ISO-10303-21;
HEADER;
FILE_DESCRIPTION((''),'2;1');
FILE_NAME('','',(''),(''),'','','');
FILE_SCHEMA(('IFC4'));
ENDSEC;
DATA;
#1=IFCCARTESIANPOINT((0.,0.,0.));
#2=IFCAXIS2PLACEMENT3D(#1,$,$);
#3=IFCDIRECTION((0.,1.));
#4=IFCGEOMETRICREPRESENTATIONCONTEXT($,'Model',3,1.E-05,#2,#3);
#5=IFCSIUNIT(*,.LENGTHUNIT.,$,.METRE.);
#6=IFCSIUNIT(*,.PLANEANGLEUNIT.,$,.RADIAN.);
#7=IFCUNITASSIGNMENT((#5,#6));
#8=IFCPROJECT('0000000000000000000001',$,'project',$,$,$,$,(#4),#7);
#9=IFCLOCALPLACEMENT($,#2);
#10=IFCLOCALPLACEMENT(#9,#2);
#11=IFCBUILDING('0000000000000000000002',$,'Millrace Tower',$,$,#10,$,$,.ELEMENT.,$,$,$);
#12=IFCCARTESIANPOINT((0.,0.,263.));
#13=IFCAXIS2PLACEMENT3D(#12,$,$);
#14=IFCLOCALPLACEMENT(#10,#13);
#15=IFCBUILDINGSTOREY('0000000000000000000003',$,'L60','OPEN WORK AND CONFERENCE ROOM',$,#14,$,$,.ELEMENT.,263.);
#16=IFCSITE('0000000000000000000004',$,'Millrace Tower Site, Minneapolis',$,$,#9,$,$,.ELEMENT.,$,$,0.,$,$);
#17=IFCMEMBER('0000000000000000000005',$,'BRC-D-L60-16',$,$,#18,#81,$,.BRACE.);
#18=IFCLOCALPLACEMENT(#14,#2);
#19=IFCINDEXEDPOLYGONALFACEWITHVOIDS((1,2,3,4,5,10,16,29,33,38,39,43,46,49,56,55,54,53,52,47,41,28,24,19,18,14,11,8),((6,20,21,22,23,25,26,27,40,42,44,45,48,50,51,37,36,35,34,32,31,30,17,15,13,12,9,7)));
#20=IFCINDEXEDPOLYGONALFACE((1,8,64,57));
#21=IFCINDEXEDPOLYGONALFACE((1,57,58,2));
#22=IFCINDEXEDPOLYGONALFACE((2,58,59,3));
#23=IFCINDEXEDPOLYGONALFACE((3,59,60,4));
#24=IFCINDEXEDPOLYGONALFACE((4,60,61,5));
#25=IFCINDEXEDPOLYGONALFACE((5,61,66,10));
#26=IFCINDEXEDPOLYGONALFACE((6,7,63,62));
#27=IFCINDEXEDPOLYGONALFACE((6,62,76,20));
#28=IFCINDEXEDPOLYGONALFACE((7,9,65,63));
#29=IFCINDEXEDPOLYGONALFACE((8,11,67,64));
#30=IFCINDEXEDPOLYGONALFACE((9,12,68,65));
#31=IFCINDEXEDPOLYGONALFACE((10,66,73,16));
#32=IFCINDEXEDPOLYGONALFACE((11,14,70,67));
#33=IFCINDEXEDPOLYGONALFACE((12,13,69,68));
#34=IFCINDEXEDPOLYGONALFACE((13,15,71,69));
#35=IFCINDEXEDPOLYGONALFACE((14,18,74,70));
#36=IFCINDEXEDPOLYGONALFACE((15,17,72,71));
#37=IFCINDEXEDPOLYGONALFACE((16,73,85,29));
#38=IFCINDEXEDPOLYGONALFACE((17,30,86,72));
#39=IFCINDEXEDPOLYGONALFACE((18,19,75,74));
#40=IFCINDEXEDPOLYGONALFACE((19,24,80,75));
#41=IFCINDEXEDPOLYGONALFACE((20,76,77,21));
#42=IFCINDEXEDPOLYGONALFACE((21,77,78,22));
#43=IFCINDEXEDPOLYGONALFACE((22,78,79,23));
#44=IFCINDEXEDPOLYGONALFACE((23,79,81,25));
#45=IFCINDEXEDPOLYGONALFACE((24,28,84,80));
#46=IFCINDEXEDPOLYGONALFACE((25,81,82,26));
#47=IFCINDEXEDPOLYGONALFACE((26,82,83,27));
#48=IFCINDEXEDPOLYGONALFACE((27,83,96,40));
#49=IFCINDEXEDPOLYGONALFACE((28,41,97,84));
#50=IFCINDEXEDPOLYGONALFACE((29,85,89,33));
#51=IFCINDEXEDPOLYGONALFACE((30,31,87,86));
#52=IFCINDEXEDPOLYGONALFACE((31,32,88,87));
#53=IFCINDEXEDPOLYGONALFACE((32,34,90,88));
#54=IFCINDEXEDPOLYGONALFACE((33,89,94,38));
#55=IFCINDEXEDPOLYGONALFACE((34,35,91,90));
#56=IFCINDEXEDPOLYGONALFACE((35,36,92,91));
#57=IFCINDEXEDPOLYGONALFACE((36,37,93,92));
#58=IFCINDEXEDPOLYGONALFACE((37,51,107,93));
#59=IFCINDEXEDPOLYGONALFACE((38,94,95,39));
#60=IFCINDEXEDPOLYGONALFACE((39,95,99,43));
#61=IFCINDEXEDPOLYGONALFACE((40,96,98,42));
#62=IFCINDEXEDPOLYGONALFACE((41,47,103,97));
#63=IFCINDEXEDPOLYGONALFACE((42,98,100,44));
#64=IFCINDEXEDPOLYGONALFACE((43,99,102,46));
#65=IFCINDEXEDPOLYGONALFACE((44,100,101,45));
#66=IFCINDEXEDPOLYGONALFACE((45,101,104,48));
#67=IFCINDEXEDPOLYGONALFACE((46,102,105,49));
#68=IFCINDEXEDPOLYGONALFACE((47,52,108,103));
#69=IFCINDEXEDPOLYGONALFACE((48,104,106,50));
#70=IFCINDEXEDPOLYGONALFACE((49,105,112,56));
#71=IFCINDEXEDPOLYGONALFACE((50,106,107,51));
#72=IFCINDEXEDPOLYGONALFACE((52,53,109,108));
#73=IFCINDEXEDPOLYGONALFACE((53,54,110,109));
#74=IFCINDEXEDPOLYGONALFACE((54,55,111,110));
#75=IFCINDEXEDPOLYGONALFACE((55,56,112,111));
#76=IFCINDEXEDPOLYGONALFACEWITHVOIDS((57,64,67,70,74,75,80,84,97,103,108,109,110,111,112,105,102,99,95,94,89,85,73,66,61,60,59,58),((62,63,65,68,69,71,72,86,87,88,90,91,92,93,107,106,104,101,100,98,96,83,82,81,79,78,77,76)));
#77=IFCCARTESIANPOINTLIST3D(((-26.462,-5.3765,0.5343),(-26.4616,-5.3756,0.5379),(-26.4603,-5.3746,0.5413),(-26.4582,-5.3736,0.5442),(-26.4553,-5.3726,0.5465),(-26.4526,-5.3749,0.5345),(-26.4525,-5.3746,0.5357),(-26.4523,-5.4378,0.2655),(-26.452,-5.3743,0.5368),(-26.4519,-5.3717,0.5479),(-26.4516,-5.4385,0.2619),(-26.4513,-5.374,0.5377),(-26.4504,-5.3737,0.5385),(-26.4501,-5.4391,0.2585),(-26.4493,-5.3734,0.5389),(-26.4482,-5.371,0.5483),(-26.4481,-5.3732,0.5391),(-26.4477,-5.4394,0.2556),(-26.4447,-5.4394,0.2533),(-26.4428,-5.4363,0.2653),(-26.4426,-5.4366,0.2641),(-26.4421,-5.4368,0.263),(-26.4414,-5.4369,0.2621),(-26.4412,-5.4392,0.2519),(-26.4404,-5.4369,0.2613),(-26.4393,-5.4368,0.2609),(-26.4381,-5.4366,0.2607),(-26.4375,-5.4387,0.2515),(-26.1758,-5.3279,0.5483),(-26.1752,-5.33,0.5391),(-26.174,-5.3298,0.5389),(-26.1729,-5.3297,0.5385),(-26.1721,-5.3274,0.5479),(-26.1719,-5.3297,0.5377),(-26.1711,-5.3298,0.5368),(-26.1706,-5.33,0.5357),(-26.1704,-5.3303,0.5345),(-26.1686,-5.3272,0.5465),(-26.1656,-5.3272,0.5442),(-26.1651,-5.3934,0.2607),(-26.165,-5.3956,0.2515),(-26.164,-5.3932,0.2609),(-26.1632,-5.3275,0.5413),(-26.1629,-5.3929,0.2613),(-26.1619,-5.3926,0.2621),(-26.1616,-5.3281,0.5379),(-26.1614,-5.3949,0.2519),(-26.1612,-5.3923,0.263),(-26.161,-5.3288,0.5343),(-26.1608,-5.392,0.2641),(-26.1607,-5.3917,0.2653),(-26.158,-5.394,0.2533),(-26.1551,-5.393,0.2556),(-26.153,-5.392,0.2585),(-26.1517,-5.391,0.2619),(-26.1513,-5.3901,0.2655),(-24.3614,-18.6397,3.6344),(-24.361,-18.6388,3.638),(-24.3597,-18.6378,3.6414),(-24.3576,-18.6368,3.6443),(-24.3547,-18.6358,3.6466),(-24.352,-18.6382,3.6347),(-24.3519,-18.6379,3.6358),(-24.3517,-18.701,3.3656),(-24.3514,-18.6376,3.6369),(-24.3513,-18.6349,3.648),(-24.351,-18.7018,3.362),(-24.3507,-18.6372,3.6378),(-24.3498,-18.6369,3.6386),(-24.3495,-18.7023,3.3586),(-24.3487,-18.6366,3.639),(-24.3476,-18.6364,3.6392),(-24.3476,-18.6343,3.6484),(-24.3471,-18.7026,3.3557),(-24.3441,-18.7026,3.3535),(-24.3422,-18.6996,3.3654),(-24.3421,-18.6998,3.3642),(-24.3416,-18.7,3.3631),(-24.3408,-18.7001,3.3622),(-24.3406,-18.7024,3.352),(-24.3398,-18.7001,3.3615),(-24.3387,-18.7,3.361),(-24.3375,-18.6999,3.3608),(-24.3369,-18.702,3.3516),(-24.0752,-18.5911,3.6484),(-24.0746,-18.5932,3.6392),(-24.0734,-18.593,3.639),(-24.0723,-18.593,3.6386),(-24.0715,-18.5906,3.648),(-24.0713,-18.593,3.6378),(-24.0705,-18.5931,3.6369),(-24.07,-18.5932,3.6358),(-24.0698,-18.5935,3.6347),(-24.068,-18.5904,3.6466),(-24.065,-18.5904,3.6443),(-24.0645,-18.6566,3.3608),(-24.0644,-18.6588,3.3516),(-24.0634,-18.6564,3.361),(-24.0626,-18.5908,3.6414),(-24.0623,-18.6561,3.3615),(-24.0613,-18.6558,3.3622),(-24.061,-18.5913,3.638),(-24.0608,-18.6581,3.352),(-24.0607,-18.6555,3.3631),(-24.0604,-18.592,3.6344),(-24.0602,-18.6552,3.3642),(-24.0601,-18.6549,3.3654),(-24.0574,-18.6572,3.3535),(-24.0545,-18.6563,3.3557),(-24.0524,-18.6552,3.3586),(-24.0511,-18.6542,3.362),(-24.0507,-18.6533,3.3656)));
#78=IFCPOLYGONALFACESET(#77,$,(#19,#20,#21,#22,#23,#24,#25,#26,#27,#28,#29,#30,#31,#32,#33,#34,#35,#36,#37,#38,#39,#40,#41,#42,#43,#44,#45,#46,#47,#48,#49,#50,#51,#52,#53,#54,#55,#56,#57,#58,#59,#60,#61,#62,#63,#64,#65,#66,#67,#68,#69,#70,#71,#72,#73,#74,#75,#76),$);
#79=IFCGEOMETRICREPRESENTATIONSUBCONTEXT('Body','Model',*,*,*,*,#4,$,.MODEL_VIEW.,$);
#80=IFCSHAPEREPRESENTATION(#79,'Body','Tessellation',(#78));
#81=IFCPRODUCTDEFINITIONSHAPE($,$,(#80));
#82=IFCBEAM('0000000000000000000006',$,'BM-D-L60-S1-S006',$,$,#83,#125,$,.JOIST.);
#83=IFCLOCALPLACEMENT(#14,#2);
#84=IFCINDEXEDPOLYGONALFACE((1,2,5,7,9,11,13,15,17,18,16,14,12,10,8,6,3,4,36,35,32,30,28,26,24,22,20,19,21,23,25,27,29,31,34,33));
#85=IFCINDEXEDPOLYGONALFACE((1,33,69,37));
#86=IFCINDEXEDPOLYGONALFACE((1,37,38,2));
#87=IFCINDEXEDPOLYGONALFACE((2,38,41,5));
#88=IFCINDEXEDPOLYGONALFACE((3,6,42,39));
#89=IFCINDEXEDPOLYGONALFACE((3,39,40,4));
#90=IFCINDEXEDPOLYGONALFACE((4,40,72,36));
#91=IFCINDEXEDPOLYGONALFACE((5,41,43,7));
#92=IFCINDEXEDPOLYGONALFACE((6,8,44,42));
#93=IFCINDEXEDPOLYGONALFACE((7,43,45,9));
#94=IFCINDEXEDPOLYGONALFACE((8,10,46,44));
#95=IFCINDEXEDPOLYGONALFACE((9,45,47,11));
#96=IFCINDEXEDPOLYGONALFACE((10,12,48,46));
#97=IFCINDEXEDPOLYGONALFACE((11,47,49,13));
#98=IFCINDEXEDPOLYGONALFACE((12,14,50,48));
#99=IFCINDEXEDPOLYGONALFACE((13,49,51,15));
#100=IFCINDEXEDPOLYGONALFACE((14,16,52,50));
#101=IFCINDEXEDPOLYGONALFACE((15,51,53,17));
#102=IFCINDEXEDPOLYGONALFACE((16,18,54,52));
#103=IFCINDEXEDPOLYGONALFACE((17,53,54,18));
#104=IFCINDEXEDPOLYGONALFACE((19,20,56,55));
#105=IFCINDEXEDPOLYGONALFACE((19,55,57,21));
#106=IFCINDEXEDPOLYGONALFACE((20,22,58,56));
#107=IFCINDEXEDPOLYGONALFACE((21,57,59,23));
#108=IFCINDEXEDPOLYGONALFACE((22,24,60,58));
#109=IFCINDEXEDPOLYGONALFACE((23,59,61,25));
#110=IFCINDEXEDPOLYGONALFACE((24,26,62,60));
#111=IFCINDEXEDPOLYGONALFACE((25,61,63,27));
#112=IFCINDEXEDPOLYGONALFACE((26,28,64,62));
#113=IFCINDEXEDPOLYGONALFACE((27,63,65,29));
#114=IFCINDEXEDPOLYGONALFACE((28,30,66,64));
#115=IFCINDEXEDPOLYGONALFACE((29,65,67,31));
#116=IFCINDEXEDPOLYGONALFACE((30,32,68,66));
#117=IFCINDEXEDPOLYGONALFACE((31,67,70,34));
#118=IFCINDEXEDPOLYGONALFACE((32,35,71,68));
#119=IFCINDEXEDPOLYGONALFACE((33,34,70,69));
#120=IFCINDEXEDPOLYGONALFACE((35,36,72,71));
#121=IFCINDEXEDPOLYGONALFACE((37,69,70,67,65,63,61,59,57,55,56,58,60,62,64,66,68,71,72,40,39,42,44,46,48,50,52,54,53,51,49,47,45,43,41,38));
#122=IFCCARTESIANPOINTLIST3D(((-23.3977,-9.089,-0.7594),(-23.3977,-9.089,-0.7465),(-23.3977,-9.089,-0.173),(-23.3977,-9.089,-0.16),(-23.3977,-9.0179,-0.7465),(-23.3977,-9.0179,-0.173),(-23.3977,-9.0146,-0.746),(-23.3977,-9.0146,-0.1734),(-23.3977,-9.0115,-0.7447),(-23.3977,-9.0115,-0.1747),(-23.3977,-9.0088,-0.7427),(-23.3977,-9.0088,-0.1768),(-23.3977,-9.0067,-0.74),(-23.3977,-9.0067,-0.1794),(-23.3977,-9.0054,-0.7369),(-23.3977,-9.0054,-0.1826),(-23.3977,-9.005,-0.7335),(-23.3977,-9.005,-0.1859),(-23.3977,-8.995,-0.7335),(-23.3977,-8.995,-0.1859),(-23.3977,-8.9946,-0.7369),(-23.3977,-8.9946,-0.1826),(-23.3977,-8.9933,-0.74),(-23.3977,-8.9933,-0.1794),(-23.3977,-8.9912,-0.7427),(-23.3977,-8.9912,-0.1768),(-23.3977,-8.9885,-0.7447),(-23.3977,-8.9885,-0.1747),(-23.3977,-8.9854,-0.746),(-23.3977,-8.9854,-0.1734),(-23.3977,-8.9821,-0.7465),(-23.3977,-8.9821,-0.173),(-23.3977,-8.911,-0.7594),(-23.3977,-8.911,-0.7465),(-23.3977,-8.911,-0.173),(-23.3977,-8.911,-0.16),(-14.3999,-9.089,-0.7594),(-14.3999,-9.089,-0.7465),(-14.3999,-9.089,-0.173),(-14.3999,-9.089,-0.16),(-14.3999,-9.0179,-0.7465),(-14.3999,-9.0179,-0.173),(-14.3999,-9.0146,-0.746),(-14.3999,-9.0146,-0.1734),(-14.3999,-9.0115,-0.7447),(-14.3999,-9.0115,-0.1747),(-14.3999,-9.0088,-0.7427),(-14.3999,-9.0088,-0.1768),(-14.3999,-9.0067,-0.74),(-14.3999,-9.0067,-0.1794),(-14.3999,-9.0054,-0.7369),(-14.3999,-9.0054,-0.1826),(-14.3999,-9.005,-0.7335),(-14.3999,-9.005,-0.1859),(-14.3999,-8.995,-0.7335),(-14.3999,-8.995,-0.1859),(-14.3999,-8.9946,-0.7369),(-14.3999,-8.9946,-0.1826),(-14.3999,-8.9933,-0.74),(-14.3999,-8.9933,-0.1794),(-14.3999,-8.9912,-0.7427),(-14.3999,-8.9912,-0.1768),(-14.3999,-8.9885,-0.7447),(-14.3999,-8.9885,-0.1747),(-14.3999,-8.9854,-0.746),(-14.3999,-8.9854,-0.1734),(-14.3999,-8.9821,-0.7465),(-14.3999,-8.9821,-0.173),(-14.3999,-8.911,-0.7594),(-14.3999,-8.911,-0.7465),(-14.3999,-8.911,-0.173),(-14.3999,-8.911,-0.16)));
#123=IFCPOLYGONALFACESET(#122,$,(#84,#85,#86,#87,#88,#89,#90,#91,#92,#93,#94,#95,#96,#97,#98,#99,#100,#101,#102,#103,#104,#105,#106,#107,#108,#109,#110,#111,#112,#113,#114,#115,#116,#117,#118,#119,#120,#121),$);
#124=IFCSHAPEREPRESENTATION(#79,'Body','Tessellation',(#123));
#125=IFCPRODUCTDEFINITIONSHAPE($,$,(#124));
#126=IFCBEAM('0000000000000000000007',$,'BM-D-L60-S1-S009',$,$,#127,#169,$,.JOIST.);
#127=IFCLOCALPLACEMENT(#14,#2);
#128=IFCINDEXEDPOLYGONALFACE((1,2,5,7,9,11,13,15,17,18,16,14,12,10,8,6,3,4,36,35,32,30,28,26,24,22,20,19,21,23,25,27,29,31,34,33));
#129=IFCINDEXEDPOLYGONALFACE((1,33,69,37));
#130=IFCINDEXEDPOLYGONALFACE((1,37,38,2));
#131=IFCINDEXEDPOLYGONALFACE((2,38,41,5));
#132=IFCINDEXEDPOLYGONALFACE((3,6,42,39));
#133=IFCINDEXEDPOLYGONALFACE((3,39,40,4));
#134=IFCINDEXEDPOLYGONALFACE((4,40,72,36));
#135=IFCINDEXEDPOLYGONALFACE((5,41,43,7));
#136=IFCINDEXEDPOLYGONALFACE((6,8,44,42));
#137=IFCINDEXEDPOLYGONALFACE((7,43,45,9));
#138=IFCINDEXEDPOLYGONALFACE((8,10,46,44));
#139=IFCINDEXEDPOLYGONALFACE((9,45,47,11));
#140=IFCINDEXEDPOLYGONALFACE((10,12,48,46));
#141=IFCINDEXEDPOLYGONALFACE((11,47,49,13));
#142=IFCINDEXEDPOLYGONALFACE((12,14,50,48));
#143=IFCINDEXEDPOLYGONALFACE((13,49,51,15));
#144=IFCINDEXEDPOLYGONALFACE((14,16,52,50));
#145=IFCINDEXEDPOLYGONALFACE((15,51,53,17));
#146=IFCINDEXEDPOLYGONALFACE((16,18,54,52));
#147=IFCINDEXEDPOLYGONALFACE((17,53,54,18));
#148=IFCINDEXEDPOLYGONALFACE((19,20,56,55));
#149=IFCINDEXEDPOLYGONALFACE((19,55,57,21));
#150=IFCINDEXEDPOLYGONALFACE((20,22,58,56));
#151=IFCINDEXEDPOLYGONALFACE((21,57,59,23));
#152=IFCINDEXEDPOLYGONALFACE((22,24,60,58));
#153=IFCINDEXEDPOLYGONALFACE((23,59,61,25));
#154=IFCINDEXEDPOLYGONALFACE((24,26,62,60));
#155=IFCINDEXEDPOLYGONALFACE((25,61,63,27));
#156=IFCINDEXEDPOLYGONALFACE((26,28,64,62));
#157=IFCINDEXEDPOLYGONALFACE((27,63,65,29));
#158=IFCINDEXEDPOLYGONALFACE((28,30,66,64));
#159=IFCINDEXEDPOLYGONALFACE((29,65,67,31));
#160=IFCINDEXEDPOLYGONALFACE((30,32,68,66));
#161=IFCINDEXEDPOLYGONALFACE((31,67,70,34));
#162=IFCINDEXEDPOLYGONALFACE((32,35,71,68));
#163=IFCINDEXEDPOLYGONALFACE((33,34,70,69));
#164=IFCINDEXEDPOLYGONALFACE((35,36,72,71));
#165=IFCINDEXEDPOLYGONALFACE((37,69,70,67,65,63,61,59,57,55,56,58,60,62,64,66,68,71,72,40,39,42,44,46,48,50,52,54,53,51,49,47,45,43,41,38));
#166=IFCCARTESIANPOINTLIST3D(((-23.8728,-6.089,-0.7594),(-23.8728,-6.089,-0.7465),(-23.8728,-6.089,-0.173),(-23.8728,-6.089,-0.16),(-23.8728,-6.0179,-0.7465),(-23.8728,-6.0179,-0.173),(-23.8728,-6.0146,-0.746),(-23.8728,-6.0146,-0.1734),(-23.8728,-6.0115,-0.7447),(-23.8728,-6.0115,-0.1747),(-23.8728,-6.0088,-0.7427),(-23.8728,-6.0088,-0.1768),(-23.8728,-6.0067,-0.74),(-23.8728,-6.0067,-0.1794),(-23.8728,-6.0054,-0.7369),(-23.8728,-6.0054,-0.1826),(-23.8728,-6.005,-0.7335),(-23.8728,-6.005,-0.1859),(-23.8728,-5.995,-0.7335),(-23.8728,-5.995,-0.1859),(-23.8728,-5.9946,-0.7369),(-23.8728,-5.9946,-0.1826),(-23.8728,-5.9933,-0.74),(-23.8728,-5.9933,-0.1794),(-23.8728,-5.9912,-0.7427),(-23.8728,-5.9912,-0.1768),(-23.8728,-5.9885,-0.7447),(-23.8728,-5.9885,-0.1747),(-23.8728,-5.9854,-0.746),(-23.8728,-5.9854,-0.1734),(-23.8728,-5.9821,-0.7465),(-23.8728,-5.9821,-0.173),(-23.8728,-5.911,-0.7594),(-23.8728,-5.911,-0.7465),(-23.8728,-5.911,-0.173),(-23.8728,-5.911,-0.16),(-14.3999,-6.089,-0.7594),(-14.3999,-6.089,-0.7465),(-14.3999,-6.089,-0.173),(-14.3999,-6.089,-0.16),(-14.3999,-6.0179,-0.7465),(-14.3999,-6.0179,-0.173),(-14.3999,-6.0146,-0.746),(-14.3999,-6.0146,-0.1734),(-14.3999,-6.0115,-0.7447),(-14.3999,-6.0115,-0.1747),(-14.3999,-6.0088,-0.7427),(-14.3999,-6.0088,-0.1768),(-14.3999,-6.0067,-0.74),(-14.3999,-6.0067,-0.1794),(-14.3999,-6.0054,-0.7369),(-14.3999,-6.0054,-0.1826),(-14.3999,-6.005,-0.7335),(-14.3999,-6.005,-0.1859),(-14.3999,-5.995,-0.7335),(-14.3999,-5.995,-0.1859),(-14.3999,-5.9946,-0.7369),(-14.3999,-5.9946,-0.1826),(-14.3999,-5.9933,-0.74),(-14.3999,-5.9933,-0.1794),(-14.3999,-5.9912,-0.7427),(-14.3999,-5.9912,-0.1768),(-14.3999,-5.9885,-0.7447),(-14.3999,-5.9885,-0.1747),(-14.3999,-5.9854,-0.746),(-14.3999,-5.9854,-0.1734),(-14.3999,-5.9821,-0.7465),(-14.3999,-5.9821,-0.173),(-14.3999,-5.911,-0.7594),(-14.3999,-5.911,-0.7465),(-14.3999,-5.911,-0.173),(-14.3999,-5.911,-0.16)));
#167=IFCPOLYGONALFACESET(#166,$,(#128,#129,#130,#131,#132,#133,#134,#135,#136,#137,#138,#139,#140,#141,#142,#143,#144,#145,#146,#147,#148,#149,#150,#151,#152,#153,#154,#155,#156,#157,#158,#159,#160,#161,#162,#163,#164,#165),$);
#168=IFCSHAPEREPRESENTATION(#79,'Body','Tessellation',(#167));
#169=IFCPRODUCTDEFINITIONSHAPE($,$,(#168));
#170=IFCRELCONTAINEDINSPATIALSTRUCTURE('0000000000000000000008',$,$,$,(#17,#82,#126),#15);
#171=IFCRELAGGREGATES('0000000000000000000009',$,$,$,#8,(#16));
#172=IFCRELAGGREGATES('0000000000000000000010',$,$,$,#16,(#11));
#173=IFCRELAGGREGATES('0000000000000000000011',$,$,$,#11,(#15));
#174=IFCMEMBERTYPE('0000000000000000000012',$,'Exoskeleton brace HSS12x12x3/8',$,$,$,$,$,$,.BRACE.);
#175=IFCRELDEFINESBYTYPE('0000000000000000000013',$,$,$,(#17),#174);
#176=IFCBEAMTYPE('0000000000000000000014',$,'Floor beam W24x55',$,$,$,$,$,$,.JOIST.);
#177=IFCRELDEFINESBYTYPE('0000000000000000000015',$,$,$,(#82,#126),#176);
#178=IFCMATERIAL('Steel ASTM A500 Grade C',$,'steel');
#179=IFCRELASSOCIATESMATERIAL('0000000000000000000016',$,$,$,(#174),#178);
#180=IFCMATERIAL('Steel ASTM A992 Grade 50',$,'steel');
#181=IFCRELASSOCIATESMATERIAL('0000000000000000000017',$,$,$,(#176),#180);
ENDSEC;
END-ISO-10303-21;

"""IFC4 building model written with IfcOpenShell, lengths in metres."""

from ifc_helpers import new_model, si_unit, direction, frame, origin, origin_2d, place, context, subcontext, project, spatial, hollow_rectangle, i_section, extrude, material, material_profile, profile_set, type_object, element, save


model = new_model("IFC4")

# Units and contexts
model_context = context("Model", 3, precision=1e-05, world=origin(), true_north=direction((0.0, 1.0)))
body_context = subcontext(model_context, "Body", "Model", "MODEL_VIEW")
ifc_project = project(units=[si_unit("LENGTHUNIT", "METRE"), si_unit("PLANEANGLEUNIT", "RADIAN")], contexts=[model_context])

# Site, building, storey
site_placement = place(None, origin())
site = spatial("IfcSite", under=ifc_project, at=site_placement, Name="Millrace Tower Site, Minneapolis", CompositionType="ELEMENT", RefElevation=0.0)
building_placement = place(site_placement, origin())
building = spatial("IfcBuilding", under=site, at=building_placement, Name="Millrace Tower", CompositionType="ELEMENT")
storey_placement = place(building_placement, frame((0.0, 0.0, 263.0)))
storey = spatial("IfcBuildingStorey", under=building, at=storey_placement, Name="L60", Description="OPEN WORK AND CONFERENCE ROOM", CompositionType="ELEMENT", Elevation=263.0)

# Member
ifc_material_1 = material(Name="Steel ASTM A500 Grade C", Category="steel")
ifc_material_profile_1 = material_profile(ifc_material_1, hollow_rectangle(XDim=0.3047, YDim=0.3047, WallThickness=0.0095, InnerFilletRadius=0.0046, OuterFilletRadius=0.0144, at=origin_2d()))
ifc_profile_set_1 = profile_set([ifc_material_profile_1], Name="Steel ASTM A500 Grade C")
member_type_1 = type_object("IfcMemberType", Name="Exoskeleton brace HSS12x12x3/8", PredefinedType="BRACE", material=ifc_profile_set_1)
member_1_placement = place(storey_placement, frame((-26.3066, -5.3833, 0.3999), z_axis=(0.152419, -0.962377, 0.224943), x_axis=(0.987689, 0.156427, 0.0)))
element("IfcMember", 1, at=member_1_placement, inside=storey, type_object=member_type_1, Name="BRC-D-L60-16", PredefinedType="BRACE", context=body_context, shape_type="SweptSolid", body=[
    extrude(hollow_rectangle(XDim=0.3047, YDim=0.3047, WallThickness=0.0095, InnerFilletRadius=0.0046, OuterFilletRadius=0.0144, at=origin_2d()), origin(), (0.0, 0.0, 1.0), 13.7817),
])

# Beams
ifc_material_2 = material(Name="Steel ASTM A992 Grade 50", Category="steel")
ifc_material_profile_2 = material_profile(ifc_material_2, i_section(OverallWidth=0.178, OverallDepth=0.5994, WebThickness=0.01, FlangeThickness=0.0129, FilletRadius=0.0129, at=origin_2d()))
ifc_profile_set_2 = profile_set([ifc_material_profile_2], Name="Steel ASTM A992 Grade 50")
beam_type_1 = type_object("IfcBeamType", Name="Floor beam W24x55", PredefinedType="JOIST", material=ifc_profile_set_2)
beam_1_placement = place(storey_placement, frame((-23.3977, -9.0, -0.4597), z_axis=(1.0, 0.0, 0.0), x_axis=(0.0, 1.0, 0.0)))
element("IfcBeam", 2, at=beam_1_placement, inside=storey, type_object=beam_type_1, Name="BM-D-L60-S1-S006", PredefinedType="JOIST", context=body_context, shape_type="SweptSolid", body=[
    extrude(i_section(OverallWidth=0.178, OverallDepth=0.5994, WebThickness=0.01, FlangeThickness=0.0129, FilletRadius=0.0129, at=origin_2d()), origin(), (0.0, 0.0, 1.0), 8.9978),
])
beam_2_placement = place(storey_placement, frame((-23.8728, -6.0, -0.4597), z_axis=(1.0, 0.0, 0.0), x_axis=(0.0, 1.0, 0.0)))
element("IfcBeam", 3, at=beam_2_placement, inside=storey, type_object=beam_type_1, Name="BM-D-L60-S1-S009", PredefinedType="JOIST", context=body_context, shape_type="SweptSolid", body=[
    extrude(i_section(OverallWidth=0.178, OverallDepth=0.5994, WebThickness=0.01, FlangeThickness=0.0129, FilletRadius=0.0129, at=origin_2d()), origin(), (0.0, 0.0, 1.0), 9.4729),
])

save(model, "model.ifc")
